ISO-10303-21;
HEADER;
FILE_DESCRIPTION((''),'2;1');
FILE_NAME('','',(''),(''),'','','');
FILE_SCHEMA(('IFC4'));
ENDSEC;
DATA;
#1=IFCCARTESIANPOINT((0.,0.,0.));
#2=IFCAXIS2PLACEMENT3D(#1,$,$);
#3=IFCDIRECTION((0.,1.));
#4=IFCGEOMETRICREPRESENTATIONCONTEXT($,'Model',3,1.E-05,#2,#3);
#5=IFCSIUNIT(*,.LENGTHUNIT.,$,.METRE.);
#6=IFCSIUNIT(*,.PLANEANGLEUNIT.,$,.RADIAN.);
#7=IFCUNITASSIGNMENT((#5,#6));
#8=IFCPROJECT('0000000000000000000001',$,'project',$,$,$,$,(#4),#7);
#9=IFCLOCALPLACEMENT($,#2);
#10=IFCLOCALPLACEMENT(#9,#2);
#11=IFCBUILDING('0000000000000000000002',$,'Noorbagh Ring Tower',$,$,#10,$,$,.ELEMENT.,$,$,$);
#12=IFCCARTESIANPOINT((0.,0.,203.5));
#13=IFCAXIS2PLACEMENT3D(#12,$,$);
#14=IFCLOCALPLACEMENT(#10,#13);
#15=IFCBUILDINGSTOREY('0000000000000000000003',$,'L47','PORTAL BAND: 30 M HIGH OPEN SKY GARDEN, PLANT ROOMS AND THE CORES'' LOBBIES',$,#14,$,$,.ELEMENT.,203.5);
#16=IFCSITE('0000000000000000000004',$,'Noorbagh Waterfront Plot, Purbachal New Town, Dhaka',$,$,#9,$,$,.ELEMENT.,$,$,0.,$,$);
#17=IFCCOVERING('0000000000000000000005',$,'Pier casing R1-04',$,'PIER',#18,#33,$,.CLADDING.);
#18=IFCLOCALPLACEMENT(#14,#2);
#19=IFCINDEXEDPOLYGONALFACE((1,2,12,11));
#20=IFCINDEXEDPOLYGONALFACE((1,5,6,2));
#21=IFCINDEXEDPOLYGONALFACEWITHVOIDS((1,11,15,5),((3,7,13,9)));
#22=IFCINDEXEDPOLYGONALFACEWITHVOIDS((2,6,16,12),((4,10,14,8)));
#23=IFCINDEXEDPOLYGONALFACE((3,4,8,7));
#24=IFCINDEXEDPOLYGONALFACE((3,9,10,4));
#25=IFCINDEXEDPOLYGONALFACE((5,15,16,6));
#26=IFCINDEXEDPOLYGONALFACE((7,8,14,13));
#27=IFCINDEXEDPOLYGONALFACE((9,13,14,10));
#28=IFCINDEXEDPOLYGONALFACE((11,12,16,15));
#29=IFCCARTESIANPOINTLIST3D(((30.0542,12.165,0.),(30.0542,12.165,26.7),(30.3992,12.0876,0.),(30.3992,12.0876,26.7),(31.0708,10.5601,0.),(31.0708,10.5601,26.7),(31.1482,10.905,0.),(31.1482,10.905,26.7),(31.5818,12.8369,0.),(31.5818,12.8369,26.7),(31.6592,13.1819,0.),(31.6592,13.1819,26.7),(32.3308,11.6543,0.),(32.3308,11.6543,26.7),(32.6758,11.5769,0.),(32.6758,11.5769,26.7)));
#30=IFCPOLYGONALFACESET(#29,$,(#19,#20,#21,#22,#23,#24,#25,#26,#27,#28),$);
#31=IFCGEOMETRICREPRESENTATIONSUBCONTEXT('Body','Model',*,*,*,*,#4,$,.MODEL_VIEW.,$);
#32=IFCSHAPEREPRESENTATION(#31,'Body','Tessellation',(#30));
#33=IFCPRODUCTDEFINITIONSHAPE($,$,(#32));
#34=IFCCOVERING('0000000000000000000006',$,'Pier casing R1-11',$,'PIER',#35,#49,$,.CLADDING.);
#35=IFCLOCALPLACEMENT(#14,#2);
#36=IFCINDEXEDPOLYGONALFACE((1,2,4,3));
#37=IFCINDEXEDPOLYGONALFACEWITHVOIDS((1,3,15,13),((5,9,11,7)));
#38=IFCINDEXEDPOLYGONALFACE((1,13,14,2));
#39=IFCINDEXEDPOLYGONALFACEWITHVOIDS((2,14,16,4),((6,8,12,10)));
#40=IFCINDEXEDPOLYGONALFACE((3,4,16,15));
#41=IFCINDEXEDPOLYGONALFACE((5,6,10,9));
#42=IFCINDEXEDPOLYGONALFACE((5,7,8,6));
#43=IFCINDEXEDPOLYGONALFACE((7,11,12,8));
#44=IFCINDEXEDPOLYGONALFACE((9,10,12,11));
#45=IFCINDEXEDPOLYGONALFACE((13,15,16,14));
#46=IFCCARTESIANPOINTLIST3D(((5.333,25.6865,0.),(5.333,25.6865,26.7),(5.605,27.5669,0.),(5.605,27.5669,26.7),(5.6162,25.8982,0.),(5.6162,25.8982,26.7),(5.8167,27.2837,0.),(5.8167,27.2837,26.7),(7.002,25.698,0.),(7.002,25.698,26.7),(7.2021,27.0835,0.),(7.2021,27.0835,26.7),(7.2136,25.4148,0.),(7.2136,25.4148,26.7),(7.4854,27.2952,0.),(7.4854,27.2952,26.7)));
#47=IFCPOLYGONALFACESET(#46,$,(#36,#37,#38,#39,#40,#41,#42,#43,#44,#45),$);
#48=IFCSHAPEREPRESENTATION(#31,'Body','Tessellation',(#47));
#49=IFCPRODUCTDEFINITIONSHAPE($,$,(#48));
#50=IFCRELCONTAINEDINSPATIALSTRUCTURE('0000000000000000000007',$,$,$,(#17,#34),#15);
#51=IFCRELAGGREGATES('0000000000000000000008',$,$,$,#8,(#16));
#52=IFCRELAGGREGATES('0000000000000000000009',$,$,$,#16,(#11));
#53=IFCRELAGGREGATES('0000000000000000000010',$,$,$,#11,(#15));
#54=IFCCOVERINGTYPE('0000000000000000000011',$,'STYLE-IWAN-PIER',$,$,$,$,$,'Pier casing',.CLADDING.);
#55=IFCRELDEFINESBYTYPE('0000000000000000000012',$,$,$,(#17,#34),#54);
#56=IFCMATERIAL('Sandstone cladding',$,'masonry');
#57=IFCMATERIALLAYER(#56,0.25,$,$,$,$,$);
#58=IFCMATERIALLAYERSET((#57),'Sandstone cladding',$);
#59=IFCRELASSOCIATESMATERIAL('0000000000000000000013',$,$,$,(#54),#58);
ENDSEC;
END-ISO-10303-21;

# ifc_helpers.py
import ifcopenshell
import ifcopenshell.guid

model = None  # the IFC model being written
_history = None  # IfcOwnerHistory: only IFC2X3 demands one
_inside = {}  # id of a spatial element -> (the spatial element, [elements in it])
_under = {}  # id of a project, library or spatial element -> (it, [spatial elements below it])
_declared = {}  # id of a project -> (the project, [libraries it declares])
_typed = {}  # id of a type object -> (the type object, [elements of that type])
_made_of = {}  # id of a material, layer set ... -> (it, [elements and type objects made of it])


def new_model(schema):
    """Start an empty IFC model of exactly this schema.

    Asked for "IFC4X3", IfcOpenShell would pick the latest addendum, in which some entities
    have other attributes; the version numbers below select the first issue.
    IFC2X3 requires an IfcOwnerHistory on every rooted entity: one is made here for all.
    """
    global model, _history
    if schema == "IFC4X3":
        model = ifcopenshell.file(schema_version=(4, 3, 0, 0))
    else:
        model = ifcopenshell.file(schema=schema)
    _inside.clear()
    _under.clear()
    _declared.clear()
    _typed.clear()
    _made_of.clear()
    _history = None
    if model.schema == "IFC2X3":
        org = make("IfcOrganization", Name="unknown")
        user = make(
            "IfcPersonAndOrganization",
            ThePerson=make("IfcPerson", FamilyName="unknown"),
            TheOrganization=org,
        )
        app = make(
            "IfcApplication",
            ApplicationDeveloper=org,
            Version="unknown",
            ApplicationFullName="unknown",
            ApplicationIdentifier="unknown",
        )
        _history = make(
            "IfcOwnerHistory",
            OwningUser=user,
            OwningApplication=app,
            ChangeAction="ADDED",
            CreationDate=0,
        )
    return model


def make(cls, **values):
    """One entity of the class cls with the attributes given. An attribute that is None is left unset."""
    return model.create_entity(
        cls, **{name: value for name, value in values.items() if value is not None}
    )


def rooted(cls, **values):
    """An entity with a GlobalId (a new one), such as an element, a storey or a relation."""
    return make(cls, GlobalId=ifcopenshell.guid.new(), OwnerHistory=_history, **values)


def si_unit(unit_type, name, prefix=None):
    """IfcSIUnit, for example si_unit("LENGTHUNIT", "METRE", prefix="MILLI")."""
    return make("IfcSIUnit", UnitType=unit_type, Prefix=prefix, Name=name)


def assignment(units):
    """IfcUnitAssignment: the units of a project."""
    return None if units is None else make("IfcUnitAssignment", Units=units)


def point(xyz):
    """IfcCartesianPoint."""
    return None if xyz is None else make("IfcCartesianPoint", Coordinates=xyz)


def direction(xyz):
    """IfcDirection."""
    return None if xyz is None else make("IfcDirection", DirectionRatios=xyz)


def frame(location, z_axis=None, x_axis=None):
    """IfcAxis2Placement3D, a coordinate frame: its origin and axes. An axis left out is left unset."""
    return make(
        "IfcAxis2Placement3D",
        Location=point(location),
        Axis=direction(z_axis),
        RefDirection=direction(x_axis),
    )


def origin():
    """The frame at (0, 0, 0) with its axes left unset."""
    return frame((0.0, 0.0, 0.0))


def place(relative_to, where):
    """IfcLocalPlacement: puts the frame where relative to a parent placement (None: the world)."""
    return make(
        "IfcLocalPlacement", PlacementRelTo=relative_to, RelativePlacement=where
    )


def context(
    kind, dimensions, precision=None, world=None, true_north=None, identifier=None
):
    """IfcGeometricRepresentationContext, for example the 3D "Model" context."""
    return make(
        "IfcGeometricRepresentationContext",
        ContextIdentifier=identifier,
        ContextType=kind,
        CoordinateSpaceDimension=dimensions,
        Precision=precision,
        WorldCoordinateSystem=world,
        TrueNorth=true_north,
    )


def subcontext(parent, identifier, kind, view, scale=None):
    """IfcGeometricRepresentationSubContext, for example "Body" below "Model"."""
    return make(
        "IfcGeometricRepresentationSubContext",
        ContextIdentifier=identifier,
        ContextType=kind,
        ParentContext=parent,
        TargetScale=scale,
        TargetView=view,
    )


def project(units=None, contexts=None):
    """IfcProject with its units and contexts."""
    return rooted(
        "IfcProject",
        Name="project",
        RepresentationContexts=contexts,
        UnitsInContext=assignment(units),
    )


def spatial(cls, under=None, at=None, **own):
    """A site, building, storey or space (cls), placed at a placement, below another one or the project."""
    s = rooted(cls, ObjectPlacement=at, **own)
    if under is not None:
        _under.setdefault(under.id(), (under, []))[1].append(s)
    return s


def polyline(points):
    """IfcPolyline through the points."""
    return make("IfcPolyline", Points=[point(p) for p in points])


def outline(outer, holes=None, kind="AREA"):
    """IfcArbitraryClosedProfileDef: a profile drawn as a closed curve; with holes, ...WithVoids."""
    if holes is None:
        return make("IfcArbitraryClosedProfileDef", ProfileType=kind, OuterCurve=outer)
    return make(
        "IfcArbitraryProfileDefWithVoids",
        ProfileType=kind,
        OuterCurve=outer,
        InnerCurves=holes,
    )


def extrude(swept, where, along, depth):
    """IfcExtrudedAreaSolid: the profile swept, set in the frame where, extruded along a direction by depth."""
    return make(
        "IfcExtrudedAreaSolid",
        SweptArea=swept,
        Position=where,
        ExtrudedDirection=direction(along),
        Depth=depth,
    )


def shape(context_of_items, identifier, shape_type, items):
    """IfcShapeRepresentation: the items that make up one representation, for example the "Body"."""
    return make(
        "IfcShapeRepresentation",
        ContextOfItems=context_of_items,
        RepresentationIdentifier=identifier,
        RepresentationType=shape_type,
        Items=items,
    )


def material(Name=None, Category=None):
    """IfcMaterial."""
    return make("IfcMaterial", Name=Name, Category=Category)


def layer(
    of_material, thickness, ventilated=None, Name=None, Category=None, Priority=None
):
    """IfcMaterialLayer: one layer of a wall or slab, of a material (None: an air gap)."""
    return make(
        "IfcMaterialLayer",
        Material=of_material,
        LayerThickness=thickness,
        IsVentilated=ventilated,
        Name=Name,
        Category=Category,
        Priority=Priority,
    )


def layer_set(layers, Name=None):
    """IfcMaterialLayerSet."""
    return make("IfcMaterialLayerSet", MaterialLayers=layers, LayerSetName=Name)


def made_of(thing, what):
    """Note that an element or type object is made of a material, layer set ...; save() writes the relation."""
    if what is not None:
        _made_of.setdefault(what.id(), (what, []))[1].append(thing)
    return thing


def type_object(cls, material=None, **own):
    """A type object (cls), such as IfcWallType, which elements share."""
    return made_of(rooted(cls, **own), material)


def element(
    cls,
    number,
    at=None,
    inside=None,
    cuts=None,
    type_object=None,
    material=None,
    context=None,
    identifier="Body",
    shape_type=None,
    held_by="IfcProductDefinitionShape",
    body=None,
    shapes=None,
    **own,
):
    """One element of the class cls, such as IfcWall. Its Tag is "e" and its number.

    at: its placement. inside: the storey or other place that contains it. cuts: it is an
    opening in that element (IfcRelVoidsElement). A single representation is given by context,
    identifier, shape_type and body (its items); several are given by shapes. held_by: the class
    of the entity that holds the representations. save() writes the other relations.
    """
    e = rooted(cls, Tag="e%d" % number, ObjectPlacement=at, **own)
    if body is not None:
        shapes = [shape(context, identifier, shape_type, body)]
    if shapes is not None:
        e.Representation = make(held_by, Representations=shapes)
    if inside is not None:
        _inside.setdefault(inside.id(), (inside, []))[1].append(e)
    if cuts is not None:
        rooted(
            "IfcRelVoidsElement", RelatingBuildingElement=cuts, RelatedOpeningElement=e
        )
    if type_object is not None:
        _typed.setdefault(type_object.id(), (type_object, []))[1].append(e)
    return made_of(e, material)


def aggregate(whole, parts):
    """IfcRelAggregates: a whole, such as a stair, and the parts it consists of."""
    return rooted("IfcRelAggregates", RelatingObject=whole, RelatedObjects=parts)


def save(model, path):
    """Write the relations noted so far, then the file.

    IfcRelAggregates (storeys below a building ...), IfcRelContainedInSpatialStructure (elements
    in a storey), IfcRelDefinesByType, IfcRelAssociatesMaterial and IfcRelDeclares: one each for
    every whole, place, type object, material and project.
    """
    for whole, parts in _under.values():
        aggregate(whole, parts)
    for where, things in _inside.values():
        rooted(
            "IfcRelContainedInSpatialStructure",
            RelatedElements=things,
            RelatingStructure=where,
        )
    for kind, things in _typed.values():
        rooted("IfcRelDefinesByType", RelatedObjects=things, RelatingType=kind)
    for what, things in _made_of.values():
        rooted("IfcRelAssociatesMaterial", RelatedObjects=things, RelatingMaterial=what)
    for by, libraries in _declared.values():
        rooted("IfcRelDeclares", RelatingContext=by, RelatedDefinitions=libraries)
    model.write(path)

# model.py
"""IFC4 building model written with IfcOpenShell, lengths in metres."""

from ifc_helpers import new_model, si_unit, direction, frame, origin, place, context, subcontext, project, spatial, polyline, outline, extrude, material, layer, layer_set, type_object, element, save


model = new_model("IFC4")

# Units and contexts
model_context = context("Model", 3, precision=1e-05, world=origin(), true_north=direction((0.0, 1.0)))
body_context = subcontext(model_context, "Body", "Model", "MODEL_VIEW")
ifc_project = project(units=[si_unit("LENGTHUNIT", "METRE"), si_unit("PLANEANGLEUNIT", "RADIAN")], contexts=[model_context])

# Site, building, storey
site_placement = place(None, origin())
building_placement = place(site_placement, origin())
storey_placement = place(building_placement, frame((0.0, 0.0, 203.5)))
site = spatial("IfcSite", under=ifc_project, at=site_placement, Name="Noorbagh Waterfront Plot, Purbachal New Town, Dhaka", CompositionType="ELEMENT", RefElevation=0.0)
building = spatial("IfcBuilding", under=site, at=building_placement, Name="Noorbagh Ring Tower", CompositionType="ELEMENT")
storey = spatial("IfcBuildingStorey", under=building, at=storey_placement, Name="L47", Description="PORTAL BAND: 30 M HIGH OPEN SKY GARDEN, PLANT ROOMS AND THE CORES' LOBBIES", CompositionType="ELEMENT", Elevation=203.5)

# Coverings
ifc_material_1 = material(Name="Sandstone cladding", Category="masonry")
ifc_layer_1 = layer(ifc_material_1, 0.25)
ifc_layer_set_1 = layer_set([ifc_layer_1], Name="Sandstone cladding")
covering_type_1 = type_object("IfcCoveringType", Name="STYLE-IWAN-PIER", ElementType="Pier casing", PredefinedType="CLADDING", material=ifc_layer_set_1)
covering_1_placement = place(storey_placement, origin())
element("IfcCovering", 1, at=covering_1_placement, inside=storey, type_object=covering_type_1, Name="Pier casing R1-04", ObjectType="PIER", PredefinedType="CLADDING", context=body_context, shape_type="SweptSolid", body=[
    extrude(outline(polyline([(32.6758, 11.5769), (31.0708, 10.5601), (30.0542, 12.165), (31.6592, 13.1819), (32.6758, 11.5769)]), holes=[polyline([(32.3308, 11.6543), (31.5818, 12.8369), (30.3992, 12.0876), (31.1482, 10.905), (32.3308, 11.6543)])]), origin(), (0.0, 0.0, 1.0), 26.7),
])
covering_2_placement = place(storey_placement, origin())
element("IfcCovering", 2, at=covering_2_placement, inside=storey, type_object=covering_type_1, Name="Pier casing R1-11", ObjectType="PIER", PredefinedType="CLADDING", context=body_context, shape_type="SweptSolid", body=[
    extrude(outline(polyline([(7.4854, 27.2952), (7.2136, 25.4148), (5.333, 25.6865), (5.605, 27.5669), (7.4854, 27.2952)]), holes=[polyline([(7.2021, 27.0835), (5.8167, 27.2837), (5.6162, 25.8982), (7.002, 25.698), (7.2021, 27.0835)])]), origin(), (0.0, 0.0, 1.0), 26.7),
])

save(model, "model.ifc")
